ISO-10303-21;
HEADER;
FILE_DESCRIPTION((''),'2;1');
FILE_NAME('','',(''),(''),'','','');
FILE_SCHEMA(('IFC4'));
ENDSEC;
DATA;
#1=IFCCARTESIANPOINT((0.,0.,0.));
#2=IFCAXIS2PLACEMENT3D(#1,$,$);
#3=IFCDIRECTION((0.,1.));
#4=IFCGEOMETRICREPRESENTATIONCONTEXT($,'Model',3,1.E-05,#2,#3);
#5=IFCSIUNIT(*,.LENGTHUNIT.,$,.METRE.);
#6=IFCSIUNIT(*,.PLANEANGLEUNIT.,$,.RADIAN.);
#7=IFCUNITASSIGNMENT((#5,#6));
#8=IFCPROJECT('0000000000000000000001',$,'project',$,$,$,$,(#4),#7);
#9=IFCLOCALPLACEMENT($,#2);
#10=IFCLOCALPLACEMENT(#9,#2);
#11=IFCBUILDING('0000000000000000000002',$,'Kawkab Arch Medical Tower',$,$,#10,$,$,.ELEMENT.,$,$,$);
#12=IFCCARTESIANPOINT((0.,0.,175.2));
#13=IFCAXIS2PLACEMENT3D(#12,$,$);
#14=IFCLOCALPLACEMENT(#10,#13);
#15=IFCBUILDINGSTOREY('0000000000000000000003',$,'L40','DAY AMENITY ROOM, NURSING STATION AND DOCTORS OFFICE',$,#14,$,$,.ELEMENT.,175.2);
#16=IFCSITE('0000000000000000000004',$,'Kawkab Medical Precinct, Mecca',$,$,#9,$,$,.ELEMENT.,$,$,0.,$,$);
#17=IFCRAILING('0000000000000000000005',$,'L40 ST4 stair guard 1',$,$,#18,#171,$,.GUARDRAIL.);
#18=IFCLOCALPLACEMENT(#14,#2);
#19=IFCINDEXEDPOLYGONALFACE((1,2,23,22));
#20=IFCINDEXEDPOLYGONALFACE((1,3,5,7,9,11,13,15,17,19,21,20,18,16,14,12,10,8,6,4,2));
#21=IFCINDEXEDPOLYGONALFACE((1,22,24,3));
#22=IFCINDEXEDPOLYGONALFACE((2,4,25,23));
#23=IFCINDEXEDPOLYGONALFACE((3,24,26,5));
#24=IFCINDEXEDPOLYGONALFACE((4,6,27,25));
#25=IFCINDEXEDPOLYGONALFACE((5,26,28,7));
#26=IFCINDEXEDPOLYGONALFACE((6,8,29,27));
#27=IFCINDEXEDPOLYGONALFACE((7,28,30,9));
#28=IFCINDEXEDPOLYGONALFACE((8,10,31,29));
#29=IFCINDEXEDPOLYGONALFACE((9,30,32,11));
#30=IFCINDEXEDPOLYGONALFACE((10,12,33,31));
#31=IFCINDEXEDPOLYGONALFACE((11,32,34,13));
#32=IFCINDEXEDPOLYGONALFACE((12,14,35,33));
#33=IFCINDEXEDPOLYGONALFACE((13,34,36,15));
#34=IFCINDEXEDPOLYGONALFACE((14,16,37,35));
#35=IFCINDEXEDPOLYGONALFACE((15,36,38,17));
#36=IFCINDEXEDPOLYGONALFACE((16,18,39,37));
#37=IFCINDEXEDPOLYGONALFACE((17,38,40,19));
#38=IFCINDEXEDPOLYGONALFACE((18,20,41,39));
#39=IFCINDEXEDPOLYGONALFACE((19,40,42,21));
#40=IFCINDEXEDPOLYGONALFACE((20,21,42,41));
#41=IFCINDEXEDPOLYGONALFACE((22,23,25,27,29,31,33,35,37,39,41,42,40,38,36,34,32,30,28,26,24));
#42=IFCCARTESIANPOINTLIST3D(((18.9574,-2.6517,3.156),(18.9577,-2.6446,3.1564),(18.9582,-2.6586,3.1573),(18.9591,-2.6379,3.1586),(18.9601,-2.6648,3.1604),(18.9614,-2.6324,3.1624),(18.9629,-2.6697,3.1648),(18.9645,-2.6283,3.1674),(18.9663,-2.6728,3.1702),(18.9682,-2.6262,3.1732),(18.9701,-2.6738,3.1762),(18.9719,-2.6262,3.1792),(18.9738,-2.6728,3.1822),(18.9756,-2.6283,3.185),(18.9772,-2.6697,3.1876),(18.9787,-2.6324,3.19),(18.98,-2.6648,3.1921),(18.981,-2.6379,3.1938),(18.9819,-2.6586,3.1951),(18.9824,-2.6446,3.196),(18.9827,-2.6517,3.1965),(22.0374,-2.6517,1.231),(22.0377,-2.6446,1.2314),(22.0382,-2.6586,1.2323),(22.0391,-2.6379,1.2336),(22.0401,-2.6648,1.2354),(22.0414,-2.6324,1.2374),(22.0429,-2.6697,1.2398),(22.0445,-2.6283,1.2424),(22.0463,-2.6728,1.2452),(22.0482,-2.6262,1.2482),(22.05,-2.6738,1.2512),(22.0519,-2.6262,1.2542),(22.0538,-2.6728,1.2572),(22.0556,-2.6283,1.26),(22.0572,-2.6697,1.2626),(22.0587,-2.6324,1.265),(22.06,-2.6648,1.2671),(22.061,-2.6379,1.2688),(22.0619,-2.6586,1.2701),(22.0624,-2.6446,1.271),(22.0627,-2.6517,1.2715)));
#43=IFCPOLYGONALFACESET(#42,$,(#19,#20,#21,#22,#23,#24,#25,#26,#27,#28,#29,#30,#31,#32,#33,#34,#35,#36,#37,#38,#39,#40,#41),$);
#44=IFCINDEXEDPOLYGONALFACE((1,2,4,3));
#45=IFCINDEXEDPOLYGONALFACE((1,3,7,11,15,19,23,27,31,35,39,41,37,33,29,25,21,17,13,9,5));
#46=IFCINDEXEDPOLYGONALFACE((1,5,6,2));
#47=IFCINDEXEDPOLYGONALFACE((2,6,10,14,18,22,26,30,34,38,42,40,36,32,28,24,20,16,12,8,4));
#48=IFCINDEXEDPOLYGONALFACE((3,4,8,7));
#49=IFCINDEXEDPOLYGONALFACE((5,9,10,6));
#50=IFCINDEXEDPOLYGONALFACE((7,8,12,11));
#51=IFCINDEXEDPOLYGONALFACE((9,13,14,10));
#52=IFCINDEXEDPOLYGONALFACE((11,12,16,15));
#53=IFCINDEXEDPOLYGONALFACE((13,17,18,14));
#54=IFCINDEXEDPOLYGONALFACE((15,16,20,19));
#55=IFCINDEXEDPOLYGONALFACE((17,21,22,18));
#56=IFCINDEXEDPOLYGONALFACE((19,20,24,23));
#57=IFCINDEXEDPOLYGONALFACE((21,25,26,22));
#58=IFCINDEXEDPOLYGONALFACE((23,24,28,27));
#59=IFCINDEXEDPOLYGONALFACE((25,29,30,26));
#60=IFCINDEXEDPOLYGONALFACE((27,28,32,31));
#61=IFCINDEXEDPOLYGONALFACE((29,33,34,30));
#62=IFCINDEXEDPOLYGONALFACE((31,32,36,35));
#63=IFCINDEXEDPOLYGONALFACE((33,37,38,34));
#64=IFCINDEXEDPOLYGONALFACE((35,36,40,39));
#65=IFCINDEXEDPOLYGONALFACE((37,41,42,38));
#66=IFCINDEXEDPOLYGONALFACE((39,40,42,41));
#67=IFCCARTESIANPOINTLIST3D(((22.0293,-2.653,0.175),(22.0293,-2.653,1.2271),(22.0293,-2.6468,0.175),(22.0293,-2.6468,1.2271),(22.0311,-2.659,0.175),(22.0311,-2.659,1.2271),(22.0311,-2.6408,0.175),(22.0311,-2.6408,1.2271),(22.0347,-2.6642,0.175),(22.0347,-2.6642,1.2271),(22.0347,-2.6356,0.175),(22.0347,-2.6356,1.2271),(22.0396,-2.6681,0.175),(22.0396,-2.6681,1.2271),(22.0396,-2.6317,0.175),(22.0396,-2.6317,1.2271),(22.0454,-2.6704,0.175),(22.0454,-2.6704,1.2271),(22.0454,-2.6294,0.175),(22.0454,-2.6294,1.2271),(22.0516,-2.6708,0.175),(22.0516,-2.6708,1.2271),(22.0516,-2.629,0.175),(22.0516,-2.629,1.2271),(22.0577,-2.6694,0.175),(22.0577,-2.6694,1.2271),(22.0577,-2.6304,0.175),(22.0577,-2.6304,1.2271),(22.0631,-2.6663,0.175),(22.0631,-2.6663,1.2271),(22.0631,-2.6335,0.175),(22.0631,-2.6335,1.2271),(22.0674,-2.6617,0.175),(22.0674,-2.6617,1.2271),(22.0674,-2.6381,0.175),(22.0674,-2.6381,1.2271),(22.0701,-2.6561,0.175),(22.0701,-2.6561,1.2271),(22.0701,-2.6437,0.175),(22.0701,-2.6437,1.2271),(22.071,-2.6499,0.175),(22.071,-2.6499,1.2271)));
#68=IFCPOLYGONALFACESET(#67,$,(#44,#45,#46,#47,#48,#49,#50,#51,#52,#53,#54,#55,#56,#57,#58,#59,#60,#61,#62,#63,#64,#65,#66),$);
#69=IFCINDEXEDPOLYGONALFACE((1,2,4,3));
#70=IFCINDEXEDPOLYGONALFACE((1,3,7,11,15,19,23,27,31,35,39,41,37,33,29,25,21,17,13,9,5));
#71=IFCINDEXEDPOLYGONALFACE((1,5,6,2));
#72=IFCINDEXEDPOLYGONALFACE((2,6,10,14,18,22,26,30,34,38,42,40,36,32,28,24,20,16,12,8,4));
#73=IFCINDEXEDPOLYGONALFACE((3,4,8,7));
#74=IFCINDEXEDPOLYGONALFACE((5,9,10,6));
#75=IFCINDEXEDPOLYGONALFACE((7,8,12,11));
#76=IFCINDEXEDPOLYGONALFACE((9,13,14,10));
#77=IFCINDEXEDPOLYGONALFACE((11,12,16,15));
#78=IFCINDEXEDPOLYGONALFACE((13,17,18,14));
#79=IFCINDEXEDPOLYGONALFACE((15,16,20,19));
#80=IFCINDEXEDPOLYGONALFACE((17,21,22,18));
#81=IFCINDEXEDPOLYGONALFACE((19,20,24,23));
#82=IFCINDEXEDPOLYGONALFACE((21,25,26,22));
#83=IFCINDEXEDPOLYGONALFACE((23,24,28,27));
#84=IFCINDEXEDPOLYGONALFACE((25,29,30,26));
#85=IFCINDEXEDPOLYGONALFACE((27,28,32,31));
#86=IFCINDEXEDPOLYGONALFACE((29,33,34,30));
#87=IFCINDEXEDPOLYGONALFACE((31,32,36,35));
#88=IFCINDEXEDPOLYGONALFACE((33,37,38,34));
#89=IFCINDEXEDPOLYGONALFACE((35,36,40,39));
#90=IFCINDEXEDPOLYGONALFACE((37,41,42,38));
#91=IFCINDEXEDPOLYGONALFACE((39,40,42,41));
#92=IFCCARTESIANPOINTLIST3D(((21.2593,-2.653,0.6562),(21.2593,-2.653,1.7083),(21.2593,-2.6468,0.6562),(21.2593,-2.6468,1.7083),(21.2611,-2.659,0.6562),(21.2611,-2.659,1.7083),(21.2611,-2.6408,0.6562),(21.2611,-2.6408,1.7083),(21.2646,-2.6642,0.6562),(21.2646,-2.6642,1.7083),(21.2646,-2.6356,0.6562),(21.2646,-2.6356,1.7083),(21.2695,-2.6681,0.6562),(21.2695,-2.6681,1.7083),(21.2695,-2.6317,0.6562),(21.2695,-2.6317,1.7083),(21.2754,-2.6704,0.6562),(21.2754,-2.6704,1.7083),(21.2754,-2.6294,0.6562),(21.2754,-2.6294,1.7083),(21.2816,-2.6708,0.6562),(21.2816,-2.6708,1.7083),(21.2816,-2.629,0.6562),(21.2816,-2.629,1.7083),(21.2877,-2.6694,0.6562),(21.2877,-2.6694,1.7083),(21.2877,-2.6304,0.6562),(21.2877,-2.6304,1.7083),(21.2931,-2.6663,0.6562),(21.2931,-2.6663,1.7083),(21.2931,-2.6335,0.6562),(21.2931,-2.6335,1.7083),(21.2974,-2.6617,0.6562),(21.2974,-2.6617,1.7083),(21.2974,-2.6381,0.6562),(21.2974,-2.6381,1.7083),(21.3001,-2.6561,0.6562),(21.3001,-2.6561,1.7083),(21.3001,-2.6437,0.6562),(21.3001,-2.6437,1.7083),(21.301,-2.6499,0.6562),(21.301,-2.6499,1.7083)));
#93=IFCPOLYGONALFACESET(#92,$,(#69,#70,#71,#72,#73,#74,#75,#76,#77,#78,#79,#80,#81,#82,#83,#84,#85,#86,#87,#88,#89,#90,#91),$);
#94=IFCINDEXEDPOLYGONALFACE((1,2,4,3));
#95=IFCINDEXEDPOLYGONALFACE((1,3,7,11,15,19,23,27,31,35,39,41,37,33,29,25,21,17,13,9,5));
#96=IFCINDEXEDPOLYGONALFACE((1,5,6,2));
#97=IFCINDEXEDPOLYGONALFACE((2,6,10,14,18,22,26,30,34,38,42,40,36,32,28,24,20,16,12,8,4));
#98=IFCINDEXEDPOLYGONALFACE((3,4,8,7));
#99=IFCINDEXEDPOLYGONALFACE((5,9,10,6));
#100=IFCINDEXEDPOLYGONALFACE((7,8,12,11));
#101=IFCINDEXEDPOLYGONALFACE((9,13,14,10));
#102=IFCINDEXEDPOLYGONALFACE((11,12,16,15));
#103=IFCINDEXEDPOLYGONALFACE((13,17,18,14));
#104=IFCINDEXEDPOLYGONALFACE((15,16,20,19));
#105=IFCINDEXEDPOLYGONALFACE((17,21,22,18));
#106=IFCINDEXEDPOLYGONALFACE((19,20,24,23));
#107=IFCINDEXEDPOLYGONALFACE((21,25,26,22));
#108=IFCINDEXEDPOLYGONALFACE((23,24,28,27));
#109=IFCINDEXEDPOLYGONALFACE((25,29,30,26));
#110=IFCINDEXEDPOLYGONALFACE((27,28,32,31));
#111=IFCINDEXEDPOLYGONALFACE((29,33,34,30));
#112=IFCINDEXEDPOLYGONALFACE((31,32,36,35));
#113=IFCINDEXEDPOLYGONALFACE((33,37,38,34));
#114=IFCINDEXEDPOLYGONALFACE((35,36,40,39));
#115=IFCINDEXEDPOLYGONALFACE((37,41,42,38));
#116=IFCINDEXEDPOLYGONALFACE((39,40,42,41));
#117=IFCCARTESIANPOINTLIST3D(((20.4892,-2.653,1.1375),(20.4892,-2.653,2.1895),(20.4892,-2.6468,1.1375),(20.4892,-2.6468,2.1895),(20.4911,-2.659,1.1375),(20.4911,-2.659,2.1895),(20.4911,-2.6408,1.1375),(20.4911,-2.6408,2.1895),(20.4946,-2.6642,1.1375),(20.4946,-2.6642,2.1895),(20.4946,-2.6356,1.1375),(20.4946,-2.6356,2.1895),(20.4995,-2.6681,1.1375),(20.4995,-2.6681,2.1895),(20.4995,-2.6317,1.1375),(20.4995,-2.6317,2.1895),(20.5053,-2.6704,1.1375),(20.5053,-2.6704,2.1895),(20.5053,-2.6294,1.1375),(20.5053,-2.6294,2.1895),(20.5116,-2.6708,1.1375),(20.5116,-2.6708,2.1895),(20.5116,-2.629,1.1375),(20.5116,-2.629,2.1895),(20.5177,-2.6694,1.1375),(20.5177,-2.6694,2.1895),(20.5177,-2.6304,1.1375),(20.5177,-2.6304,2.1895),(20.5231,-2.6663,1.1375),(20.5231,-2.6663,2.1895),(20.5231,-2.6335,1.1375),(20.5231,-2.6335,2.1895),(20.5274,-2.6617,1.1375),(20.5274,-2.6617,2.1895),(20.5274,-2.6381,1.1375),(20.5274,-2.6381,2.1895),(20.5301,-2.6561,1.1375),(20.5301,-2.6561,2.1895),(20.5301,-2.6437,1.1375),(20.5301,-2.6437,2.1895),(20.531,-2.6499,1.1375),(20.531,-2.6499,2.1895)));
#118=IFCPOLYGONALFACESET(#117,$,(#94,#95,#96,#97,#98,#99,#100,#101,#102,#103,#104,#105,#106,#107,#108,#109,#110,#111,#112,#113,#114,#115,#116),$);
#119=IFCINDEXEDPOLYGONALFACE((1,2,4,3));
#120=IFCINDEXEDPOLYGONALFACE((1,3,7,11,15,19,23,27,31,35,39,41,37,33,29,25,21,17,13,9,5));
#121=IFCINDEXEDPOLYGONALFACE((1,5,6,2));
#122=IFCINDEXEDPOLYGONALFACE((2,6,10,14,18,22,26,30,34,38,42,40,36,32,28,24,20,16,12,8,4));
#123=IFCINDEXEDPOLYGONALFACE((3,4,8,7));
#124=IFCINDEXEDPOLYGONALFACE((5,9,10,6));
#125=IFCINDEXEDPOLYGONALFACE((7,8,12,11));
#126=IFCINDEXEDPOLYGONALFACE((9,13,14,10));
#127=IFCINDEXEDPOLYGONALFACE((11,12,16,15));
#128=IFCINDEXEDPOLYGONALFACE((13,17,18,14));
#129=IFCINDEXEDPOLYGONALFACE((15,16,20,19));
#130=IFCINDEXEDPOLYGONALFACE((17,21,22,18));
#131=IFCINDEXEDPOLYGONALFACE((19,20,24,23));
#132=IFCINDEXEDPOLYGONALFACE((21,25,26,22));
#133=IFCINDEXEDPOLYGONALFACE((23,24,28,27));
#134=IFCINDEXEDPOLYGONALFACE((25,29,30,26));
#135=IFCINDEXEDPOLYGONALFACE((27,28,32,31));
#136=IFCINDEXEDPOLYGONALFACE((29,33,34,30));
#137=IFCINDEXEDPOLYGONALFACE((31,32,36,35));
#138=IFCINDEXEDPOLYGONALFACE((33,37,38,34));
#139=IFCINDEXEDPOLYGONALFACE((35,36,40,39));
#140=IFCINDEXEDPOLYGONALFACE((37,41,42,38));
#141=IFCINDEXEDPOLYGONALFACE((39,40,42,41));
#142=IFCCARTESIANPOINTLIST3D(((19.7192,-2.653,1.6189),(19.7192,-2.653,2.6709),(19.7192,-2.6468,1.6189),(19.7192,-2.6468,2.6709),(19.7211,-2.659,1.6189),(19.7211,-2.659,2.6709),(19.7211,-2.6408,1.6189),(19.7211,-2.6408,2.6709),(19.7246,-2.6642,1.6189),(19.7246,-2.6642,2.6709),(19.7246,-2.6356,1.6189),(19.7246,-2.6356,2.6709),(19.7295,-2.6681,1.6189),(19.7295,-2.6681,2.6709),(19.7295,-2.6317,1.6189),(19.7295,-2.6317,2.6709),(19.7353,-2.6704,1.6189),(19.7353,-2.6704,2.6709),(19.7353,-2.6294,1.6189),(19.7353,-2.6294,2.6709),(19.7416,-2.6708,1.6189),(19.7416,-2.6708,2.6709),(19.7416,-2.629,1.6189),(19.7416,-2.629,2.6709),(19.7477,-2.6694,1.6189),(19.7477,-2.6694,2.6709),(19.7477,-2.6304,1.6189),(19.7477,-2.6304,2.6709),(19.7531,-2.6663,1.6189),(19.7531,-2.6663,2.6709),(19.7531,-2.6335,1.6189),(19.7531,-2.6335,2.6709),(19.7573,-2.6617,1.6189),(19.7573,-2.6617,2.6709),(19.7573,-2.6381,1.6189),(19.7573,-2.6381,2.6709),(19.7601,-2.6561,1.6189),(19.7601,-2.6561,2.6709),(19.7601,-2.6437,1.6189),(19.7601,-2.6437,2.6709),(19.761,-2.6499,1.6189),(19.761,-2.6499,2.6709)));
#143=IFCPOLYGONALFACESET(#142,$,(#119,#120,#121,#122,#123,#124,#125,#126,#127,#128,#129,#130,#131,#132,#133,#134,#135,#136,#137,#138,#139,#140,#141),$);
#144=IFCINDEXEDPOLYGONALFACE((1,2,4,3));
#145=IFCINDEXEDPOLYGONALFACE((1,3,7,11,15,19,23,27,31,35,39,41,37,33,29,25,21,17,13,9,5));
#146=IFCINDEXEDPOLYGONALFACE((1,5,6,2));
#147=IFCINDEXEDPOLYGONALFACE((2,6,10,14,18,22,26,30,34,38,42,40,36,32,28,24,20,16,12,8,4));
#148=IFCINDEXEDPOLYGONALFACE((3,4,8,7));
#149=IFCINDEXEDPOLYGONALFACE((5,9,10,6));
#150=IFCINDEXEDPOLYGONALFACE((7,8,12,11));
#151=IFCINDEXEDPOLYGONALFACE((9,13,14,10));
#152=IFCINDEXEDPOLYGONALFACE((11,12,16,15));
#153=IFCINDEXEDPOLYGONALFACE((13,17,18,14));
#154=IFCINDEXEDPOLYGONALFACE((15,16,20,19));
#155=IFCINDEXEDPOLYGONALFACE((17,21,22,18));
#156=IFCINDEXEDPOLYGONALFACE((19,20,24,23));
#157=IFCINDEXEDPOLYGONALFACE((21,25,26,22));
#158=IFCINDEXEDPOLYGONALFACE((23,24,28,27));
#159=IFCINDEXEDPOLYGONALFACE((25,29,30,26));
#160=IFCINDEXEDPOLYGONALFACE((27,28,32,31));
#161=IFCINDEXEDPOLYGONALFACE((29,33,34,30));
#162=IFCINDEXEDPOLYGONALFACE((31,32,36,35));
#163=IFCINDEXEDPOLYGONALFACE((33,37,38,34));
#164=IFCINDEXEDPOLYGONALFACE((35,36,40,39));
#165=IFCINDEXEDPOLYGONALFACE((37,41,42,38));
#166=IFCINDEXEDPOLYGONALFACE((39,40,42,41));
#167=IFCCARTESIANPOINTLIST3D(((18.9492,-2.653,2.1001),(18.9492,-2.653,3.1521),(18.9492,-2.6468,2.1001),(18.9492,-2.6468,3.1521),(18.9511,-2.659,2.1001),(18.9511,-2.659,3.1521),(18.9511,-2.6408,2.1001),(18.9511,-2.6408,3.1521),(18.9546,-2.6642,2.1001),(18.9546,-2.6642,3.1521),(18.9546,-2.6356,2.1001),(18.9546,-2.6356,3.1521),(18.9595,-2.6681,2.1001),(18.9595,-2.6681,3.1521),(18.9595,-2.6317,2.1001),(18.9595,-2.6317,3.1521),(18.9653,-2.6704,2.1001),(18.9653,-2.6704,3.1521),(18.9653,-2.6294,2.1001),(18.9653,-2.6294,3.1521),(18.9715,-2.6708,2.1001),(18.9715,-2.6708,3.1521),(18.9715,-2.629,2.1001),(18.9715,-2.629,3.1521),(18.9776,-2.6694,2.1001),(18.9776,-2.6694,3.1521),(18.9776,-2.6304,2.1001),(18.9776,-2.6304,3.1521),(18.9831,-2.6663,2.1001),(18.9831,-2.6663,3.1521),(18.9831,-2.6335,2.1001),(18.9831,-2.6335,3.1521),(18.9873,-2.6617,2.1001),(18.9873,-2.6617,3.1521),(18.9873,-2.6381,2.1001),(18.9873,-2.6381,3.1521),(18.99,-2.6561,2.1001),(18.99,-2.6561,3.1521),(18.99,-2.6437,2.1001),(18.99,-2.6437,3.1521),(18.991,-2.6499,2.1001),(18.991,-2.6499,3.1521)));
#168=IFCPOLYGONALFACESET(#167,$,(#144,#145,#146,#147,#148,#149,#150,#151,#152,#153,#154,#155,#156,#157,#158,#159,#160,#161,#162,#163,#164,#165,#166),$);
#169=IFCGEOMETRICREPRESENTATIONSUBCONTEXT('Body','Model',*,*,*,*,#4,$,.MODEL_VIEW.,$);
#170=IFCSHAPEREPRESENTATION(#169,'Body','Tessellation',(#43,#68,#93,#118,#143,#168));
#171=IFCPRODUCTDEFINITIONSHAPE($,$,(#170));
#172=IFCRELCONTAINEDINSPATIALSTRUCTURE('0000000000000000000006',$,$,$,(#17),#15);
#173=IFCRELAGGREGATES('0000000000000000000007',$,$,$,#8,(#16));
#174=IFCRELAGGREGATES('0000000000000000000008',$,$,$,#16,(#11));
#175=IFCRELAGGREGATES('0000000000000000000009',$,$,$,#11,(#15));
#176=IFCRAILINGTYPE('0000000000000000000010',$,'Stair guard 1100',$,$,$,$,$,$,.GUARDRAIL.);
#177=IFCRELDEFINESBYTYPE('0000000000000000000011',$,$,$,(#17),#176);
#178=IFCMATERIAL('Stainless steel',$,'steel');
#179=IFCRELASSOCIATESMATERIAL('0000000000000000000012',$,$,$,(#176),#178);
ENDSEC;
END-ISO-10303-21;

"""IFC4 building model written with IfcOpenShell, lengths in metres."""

from ifc_helpers import new_model, si_unit, direction, frame, origin, origin_2d, place, context, subcontext, project, spatial, circle, extrude, material, type_object, element, save


model = new_model("IFC4")

# Units and contexts
model_context = context("Model", 3, precision=1e-05, world=origin(), true_north=direction((0.0, 1.0)))
body_context = subcontext(model_context, "Body", "Model", "MODEL_VIEW")
ifc_project = project(units=[si_unit("LENGTHUNIT", "METRE"), si_unit("PLANEANGLEUNIT", "RADIAN")], contexts=[model_context])

# Site, building, storey
site_placement = place(None, origin())
site = spatial("IfcSite", under=ifc_project, at=site_placement, Name="Kawkab Medical Precinct, Mecca", CompositionType="ELEMENT", RefElevation=0.0)
building_placement = place(site_placement, origin())
building = spatial("IfcBuilding", under=site, at=building_placement, Name="Kawkab Arch Medical Tower", CompositionType="ELEMENT")
storey_placement = place(building_placement, frame((0.0, 0.0, 175.2)))
storey = spatial("IfcBuildingStorey", under=building, at=storey_placement, Name="L40", Description="DAY AMENITY ROOM, NURSING STATION AND DOCTORS OFFICE", CompositionType="ELEMENT", Elevation=175.2)

# Railing
ifc_material_1 = material(Name="Stainless steel", Category="steel")
railing_type = type_object("IfcRailingType", Name="Stair guard 1100", PredefinedType="GUARDRAIL", material=ifc_material_1)
railing_1_placement = place(storey_placement, frame((22.05, -2.6499, 0.175)))
element("IfcRailing", 1, at=railing_1_placement, inside=storey, type_object=railing_type, Name="L40 ST4 stair guard 1", PredefinedType="GUARDRAIL", context=body_context, shape_type="SweptSolid", body=[
    extrude(circle(Radius=0.0239, at=origin_2d()), frame((0.0, 0.0, 1.0762), z_axis=(-0.847998, 0.0, 0.529999), x_axis=(0.0, -1.0, 0.0)), (0.0, 0.0, 1.0), 3.6321),
    extrude(circle(Radius=0.021, at=origin_2d()), origin(), (0.0, 0.0, 1.0), 1.052),
    extrude(circle(Radius=0.021, at=origin_2d()), frame((-0.77, 0.0, 0.4812)), (0.0, 0.0, 1.0), 1.052),
    extrude(circle(Radius=0.021, at=origin_2d()), frame((-1.54, 0.0, 0.9624)), (0.0, 0.0, 1.0), 1.052),
    extrude(circle(Radius=0.021, at=origin_2d()), frame((-2.3101, 0.0, 1.4438)), (0.0, 0.0, 1.0), 1.052),
    extrude(circle(Radius=0.021, at=origin_2d()), frame((-3.0801, 0.0, 1.925)), (0.0, 0.0, 1.0), 1.052),
])

save(model, "model.ifc")
